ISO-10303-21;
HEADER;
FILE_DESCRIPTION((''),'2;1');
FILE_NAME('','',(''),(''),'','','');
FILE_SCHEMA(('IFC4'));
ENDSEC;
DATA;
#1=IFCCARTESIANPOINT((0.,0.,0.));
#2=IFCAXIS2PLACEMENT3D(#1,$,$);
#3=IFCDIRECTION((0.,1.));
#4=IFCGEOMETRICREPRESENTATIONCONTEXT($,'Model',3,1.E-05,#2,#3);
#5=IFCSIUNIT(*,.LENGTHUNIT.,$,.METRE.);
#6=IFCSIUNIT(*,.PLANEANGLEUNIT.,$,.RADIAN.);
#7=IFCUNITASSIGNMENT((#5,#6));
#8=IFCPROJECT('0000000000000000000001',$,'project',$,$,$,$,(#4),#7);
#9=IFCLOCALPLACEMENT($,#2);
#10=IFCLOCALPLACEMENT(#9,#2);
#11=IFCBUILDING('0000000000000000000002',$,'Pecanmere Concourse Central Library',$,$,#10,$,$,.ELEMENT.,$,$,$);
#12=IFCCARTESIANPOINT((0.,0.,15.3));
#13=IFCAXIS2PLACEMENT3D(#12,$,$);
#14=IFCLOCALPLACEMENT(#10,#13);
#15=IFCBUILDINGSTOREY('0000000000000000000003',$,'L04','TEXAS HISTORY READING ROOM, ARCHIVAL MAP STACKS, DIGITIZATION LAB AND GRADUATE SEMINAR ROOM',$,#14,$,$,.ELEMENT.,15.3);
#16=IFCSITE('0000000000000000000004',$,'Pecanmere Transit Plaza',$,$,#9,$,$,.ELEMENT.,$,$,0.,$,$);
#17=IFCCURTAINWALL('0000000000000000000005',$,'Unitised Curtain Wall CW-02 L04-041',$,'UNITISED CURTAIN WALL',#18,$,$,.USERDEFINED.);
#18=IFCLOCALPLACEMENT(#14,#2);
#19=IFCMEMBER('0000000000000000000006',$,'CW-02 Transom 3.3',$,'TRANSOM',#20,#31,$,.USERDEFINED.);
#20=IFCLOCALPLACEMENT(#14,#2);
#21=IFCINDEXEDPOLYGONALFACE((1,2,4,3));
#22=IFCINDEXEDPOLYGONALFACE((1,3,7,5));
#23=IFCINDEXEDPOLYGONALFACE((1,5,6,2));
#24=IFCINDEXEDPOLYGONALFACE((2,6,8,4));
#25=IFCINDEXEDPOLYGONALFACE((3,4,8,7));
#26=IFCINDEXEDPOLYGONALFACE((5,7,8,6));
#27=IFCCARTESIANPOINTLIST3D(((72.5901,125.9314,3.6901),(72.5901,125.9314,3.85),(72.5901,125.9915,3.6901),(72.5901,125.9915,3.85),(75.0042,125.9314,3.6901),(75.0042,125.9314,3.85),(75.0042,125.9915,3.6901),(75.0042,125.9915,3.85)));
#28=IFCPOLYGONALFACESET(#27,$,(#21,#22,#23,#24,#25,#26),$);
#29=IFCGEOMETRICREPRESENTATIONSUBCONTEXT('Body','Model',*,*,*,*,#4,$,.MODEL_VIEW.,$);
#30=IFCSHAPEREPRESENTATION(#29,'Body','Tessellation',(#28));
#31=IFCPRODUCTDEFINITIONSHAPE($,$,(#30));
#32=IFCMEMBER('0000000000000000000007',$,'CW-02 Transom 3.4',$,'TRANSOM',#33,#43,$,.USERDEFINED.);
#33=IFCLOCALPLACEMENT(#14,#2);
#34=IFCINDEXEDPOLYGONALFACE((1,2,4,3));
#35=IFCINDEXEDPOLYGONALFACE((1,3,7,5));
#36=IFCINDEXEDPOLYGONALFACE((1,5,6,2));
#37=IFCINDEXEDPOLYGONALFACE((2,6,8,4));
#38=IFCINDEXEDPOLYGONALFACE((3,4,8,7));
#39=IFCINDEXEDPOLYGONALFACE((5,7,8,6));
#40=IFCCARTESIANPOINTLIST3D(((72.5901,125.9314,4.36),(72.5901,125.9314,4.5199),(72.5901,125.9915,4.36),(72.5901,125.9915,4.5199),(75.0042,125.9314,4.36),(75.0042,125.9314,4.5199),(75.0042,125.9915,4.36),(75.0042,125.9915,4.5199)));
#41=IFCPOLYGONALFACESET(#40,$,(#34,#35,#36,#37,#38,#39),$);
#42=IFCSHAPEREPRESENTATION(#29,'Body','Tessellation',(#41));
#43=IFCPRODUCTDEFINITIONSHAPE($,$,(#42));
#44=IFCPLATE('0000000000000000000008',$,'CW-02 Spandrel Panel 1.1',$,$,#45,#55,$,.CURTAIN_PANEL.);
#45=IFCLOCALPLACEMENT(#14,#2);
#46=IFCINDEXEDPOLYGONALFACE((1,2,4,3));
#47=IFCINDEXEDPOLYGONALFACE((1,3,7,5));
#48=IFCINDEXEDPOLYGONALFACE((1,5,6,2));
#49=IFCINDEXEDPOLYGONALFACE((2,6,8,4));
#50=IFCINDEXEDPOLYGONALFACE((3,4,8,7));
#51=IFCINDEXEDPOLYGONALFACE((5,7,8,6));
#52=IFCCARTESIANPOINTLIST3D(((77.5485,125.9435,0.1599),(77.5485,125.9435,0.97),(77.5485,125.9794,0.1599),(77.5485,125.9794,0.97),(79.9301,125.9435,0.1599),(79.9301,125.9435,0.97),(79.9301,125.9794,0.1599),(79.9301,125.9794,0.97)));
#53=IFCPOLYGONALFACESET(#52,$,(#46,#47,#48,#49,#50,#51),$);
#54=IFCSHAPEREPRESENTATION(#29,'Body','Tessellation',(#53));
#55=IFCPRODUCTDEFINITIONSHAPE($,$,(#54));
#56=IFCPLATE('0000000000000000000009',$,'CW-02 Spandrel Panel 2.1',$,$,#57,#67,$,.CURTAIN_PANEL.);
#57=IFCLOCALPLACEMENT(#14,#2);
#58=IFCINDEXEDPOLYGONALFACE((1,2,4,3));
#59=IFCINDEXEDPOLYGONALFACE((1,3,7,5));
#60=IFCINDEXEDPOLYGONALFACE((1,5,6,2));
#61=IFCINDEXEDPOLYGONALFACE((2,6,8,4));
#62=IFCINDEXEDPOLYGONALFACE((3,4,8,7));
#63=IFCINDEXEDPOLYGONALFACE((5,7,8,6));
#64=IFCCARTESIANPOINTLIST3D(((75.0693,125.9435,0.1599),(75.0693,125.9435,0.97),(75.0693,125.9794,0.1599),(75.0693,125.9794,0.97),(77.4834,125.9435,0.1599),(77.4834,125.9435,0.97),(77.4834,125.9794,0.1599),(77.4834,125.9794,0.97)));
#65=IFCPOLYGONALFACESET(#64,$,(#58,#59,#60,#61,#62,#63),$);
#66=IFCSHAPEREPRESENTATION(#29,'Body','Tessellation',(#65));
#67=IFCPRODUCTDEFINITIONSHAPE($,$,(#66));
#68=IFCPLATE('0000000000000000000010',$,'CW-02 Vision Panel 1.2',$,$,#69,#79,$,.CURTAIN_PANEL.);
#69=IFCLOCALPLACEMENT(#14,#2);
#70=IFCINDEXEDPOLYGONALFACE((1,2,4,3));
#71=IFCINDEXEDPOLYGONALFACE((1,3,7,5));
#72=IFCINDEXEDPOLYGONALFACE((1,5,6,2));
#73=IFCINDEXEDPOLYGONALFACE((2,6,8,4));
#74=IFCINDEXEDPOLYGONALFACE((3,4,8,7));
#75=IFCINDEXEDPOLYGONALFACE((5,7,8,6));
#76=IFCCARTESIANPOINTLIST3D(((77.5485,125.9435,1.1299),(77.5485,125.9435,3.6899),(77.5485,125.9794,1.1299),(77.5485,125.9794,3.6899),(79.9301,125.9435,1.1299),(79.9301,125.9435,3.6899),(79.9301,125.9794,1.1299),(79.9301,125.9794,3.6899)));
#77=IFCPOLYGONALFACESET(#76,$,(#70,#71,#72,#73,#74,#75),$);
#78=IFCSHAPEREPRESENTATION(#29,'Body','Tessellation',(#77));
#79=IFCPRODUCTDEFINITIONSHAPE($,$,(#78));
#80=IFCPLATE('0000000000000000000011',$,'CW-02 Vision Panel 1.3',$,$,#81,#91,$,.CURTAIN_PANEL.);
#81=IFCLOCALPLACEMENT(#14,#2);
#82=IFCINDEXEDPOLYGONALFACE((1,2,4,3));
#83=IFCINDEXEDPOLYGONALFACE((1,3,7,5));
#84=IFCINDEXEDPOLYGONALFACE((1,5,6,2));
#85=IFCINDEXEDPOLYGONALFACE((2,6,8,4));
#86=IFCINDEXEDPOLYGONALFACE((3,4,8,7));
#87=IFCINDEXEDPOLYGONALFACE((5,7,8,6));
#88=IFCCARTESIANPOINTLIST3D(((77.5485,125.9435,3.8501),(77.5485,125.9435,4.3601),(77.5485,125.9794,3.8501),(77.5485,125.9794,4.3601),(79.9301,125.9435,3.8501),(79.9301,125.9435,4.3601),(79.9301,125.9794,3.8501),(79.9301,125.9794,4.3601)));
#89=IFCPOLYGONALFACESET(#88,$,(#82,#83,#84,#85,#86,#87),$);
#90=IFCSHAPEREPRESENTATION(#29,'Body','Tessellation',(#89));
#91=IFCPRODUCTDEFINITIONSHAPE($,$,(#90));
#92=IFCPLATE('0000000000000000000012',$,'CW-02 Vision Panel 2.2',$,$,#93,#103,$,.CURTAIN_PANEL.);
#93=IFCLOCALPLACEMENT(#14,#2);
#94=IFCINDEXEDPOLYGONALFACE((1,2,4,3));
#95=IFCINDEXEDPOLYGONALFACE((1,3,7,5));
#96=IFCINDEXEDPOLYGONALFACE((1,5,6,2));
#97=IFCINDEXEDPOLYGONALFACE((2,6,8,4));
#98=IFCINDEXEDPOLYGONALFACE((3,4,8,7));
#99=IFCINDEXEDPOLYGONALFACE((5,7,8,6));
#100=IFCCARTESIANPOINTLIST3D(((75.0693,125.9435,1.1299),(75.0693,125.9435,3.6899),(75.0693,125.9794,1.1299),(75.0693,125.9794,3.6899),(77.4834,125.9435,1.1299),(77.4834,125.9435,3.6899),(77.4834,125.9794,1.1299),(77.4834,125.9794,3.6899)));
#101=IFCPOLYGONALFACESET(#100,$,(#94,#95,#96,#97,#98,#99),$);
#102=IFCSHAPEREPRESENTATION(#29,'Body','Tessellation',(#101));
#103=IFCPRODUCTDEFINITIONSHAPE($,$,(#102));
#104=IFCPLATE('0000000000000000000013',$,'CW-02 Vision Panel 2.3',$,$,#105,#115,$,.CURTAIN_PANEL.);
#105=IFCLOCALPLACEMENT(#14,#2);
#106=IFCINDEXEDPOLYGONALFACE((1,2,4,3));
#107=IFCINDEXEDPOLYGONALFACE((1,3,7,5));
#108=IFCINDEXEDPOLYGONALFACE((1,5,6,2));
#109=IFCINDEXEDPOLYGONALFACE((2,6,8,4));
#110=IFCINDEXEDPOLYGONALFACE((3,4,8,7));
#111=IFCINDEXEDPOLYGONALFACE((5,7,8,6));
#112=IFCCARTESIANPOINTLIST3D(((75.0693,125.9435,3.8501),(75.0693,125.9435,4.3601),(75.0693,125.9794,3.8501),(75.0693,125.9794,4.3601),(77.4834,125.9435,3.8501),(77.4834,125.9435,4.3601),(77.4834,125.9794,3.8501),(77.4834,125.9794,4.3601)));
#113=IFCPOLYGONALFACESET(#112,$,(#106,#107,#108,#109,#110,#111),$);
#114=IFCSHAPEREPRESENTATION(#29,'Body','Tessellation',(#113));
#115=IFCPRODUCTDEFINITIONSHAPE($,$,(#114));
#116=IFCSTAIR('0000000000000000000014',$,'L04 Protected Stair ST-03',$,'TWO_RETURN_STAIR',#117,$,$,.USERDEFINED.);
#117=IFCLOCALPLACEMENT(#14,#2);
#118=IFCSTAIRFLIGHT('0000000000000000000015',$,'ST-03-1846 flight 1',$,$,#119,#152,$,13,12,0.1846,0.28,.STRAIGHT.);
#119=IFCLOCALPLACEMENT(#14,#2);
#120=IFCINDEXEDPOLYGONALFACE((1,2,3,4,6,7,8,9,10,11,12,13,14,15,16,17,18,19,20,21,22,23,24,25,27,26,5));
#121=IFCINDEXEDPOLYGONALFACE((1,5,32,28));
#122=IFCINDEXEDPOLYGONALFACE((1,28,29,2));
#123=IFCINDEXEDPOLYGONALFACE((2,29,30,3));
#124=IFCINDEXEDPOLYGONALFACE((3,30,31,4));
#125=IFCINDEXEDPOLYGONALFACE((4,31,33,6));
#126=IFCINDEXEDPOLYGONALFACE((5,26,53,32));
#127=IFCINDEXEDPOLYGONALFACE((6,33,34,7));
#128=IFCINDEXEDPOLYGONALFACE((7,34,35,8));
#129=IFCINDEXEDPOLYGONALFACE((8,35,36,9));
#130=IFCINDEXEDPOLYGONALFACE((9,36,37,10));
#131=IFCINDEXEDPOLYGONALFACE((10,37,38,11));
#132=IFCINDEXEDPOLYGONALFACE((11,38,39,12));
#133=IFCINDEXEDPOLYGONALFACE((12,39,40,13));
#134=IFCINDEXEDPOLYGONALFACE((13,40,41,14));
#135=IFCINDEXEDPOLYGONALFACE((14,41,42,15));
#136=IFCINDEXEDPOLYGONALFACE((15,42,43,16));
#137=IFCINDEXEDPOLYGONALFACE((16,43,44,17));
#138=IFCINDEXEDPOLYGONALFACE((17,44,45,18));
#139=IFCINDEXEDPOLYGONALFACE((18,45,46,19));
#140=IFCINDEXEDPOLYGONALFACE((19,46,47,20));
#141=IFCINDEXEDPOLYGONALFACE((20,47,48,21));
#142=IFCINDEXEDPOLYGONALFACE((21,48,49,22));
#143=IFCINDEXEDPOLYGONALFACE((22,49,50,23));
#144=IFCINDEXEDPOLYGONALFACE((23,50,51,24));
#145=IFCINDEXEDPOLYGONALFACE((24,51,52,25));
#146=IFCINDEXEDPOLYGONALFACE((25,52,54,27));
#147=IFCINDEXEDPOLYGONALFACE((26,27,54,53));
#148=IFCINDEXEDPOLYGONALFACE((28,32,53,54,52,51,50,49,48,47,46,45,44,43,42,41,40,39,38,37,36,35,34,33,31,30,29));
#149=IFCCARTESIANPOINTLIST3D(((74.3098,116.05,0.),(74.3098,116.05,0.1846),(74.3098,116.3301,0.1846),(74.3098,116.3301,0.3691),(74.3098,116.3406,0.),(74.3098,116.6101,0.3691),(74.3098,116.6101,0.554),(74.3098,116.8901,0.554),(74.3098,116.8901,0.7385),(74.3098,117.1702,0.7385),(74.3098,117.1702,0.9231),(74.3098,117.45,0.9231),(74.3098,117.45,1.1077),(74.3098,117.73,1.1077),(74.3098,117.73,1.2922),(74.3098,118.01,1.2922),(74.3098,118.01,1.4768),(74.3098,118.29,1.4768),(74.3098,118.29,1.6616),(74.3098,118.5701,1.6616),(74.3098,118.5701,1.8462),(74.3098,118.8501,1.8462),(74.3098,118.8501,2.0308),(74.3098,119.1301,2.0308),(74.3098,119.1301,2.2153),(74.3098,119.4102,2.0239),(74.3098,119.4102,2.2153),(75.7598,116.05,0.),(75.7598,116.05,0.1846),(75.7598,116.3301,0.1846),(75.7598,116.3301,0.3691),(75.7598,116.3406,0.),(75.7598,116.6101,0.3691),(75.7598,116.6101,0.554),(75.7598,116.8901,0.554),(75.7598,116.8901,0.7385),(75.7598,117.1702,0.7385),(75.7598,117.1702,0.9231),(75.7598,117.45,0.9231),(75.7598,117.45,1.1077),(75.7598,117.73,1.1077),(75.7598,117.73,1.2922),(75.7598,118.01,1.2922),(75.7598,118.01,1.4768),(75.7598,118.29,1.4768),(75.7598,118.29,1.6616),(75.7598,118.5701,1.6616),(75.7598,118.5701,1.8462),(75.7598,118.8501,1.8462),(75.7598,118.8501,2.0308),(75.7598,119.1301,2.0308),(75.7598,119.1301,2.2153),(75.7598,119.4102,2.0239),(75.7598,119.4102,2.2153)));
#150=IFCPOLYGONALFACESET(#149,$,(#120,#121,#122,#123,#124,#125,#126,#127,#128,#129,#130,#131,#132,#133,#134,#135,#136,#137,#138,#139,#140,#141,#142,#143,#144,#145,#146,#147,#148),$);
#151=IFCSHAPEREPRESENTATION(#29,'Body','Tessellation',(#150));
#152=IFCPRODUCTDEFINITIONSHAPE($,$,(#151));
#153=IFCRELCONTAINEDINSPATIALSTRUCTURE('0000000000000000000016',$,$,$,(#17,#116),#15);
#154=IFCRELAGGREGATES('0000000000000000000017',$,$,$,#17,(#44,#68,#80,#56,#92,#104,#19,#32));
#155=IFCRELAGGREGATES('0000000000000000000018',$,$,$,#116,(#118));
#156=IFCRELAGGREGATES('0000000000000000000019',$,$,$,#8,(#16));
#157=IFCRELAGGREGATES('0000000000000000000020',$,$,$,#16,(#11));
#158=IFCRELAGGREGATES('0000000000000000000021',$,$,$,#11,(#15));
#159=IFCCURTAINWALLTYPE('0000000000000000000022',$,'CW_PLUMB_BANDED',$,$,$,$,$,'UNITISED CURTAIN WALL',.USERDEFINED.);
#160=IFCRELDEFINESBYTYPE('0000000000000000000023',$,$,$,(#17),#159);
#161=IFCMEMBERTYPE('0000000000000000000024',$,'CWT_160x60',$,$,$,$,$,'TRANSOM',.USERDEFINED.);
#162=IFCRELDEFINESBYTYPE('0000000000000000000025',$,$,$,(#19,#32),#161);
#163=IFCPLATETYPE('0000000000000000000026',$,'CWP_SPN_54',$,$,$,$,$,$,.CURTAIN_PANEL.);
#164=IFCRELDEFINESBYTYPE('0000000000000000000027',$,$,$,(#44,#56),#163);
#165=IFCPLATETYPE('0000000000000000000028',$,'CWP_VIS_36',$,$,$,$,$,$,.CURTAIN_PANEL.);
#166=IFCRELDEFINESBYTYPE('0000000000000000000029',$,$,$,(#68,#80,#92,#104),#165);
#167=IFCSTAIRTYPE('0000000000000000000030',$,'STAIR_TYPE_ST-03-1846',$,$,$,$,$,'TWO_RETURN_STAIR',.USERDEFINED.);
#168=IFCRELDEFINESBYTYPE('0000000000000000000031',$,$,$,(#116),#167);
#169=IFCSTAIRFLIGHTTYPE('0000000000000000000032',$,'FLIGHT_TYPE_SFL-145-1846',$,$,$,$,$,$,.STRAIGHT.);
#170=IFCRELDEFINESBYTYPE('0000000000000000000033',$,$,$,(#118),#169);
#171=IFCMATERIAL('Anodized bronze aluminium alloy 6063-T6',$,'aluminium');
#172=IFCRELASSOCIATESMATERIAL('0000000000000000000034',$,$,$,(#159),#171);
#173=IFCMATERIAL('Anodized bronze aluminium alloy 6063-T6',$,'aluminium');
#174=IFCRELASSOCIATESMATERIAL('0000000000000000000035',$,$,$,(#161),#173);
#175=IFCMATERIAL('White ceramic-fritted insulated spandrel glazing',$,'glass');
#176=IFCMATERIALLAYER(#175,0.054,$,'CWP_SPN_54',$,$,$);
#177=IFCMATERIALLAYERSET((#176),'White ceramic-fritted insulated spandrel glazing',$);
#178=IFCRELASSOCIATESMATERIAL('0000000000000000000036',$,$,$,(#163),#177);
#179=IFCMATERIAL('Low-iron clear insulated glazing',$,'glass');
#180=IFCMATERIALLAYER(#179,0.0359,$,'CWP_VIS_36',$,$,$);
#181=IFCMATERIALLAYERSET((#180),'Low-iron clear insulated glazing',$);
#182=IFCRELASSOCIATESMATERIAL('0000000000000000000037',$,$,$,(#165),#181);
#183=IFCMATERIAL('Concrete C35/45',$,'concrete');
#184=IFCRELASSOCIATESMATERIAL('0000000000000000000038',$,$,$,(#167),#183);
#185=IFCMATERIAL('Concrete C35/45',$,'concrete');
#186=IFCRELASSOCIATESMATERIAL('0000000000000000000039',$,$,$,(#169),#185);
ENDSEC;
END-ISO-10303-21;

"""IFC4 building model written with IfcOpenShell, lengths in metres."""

from ifc_helpers import new_model, si_unit, direction, frame, origin, origin_2d, place, context, subcontext, project, spatial, polyline, rectangle, outline, extrude, material, layer, layer_set, material_profile, profile_set, type_object, element, aggregate, save


model = new_model("IFC4")

# Units and contexts
model_context = context("Model", 3, precision=1e-05, world=origin(), true_north=direction((0.0, 1.0)))
body_context = subcontext(model_context, "Body", "Model", "MODEL_VIEW")
ifc_project = project(units=[si_unit("LENGTHUNIT", "METRE"), si_unit("PLANEANGLEUNIT", "RADIAN")], contexts=[model_context])

# Site, building, storey
site_placement = place(None, origin())
site = spatial("IfcSite", under=ifc_project, at=site_placement, Name="Pecanmere Transit Plaza", CompositionType="ELEMENT", RefElevation=0.0)
building_placement = place(site_placement, origin())
building = spatial("IfcBuilding", under=site, at=building_placement, Name="Pecanmere Concourse Central Library", CompositionType="ELEMENT")
storey_placement = place(building_placement, frame((0.0, 0.0, 15.3)))
storey = spatial("IfcBuildingStorey", under=building, at=storey_placement, Name="L04", Description="TEXAS HISTORY READING ROOM, ARCHIVAL MAP STACKS, DIGITIZATION LAB AND GRADUATE SEMINAR ROOM", CompositionType="ELEMENT", Elevation=15.3)

# Curtain wall, members, plates
ifc_material_1 = material(Name="Anodized bronze aluminium alloy 6063-T6", Category="aluminium")
curtain_wall_type = type_object("IfcCurtainWallType", Name="CW_PLUMB_BANDED", ElementType="UNITISED CURTAIN WALL", PredefinedType="USERDEFINED", material=ifc_material_1)
curtain_wall_placement = place(storey_placement, origin())
curtain_wall = element("IfcCurtainWall", 1, at=curtain_wall_placement, inside=storey, type_object=curtain_wall_type, Name="Unitised Curtain Wall CW-02 L04-041", ObjectType="UNITISED CURTAIN WALL", PredefinedType="USERDEFINED")
ifc_material_2 = material(Name="Anodized bronze aluminium alloy 6063-T6", Category="aluminium")
ifc_material_profile_1 = material_profile(ifc_material_2, rectangle(XDim=0.0601, YDim=0.1599, at=origin_2d()), Name="AL 60x160")
ifc_profile_set_1 = profile_set([ifc_material_profile_1], Name="Anodized bronze aluminium alloy 6063-T6")
member_type_1 = type_object("IfcMemberType", Name="CWT_160x60", ElementType="TRANSOM", PredefinedType="USERDEFINED", material=ifc_profile_set_1)
member_1_placement = place(storey_placement, frame((75.0042, 125.9614, 3.77), z_axis=(-1.0, 0.0, 0.0), x_axis=(0.0, -1.0, 0.0)))
member_1 = element("IfcMember", 2, at=member_1_placement, type_object=member_type_1, Name="CW-02 Transom 3.3", ObjectType="TRANSOM", PredefinedType="USERDEFINED", context=body_context, shape_type="SweptSolid", body=[
    extrude(rectangle(XDim=0.0601, YDim=0.1599, at=origin_2d()), origin(), (0.0, 0.0, 1.0), 2.4141),
])
member_2_placement = place(storey_placement, frame((75.0042, 125.9614, 4.4399), z_axis=(-1.0, 0.0, 0.0), x_axis=(0.0, -1.0, 0.0)))
member_2 = element("IfcMember", 3, at=member_2_placement, type_object=member_type_1, Name="CW-02 Transom 3.4", ObjectType="TRANSOM", PredefinedType="USERDEFINED", context=body_context, shape_type="SweptSolid", body=[
    extrude(rectangle(XDim=0.0601, YDim=0.1599, at=origin_2d()), origin(), (0.0, 0.0, 1.0), 2.4141),
])
ifc_material_3 = material(Name="White ceramic-fritted insulated spandrel glazing", Category="glass")
ifc_layer_1 = layer(ifc_material_3, 0.054, Name="CWP_SPN_54")
ifc_layer_set_1 = layer_set([ifc_layer_1], Name="White ceramic-fritted insulated spandrel glazing")
plate_type_1 = type_object("IfcPlateType", Name="CWP_SPN_54", PredefinedType="CURTAIN_PANEL", material=ifc_layer_set_1)
plate_1_placement = place(storey_placement, frame((78.7393, 125.9614, 0.1599), z_axis=(0.0, 0.0, 1.0), x_axis=(-1.0, 0.0, 0.0)))
plate_1 = element("IfcPlate", 4, at=plate_1_placement, type_object=plate_type_1, Name="CW-02 Spandrel Panel 1.1", PredefinedType="CURTAIN_PANEL", context=body_context, shape_type="SweptSolid", body=[
    extrude(rectangle(XDim=2.3816, YDim=0.0359, at=origin_2d()), origin(), (0.0, 0.0, 1.0), 0.8101),
])
plate_2_placement = place(storey_placement, frame((76.2764, 125.9614, 0.1599), z_axis=(0.0, 0.0, 1.0), x_axis=(-1.0, 0.0, 0.0)))
plate_2 = element("IfcPlate", 5, at=plate_2_placement, type_object=plate_type_1, Name="CW-02 Spandrel Panel 2.1", PredefinedType="CURTAIN_PANEL", context=body_context, shape_type="SweptSolid", body=[
    extrude(rectangle(XDim=2.4141, YDim=0.0359, at=origin_2d()), origin(), (0.0, 0.0, 1.0), 0.8101),
])
ifc_material_4 = material(Name="Low-iron clear insulated glazing", Category="glass")
ifc_layer_2 = layer(ifc_material_4, 0.0359, Name="CWP_VIS_36")
ifc_layer_set_2 = layer_set([ifc_layer_2], Name="Low-iron clear insulated glazing")
plate_type_2 = type_object("IfcPlateType", Name="CWP_VIS_36", PredefinedType="CURTAIN_PANEL", material=ifc_layer_set_2)
plate_3_placement = place(storey_placement, frame((78.7393, 125.9614, 1.1299), z_axis=(0.0, 0.0, 1.0), x_axis=(-1.0, 0.0, 0.0)))
plate_3 = element("IfcPlate", 6, at=plate_3_placement, type_object=plate_type_2, Name="CW-02 Vision Panel 1.2", PredefinedType="CURTAIN_PANEL", context=body_context, shape_type="SweptSolid", body=[
    extrude(rectangle(XDim=2.3816, YDim=0.0359, at=origin_2d()), origin(), (0.0, 0.0, 1.0), 2.5601),
])
plate_4_placement = place(storey_placement, frame((78.7393, 125.9614, 3.8501), z_axis=(0.0, 0.0, 1.0), x_axis=(-1.0, 0.0, 0.0)))
plate_4 = element("IfcPlate", 7, at=plate_4_placement, type_object=plate_type_2, Name="CW-02 Vision Panel 1.3", PredefinedType="CURTAIN_PANEL", context=body_context, shape_type="SweptSolid", body=[
    extrude(rectangle(XDim=2.3816, YDim=0.0359, at=origin_2d()), origin(), (0.0, 0.0, 1.0), 0.51),
])
plate_5_placement = place(storey_placement, frame((76.2764, 125.9614, 1.1299), z_axis=(0.0, 0.0, 1.0), x_axis=(-1.0, 0.0, 0.0)))
plate_5 = element("IfcPlate", 8, at=plate_5_placement, type_object=plate_type_2, Name="CW-02 Vision Panel 2.2", PredefinedType="CURTAIN_PANEL", context=body_context, shape_type="SweptSolid", body=[
    extrude(rectangle(XDim=2.4141, YDim=0.0359, at=origin_2d()), origin(), (0.0, 0.0, 1.0), 2.5601),
])
plate_6_placement = place(storey_placement, frame((76.2764, 125.9614, 3.8501), z_axis=(0.0, 0.0, 1.0), x_axis=(-1.0, 0.0, 0.0)))
plate_6 = element("IfcPlate", 9, at=plate_6_placement, type_object=plate_type_2, Name="CW-02 Vision Panel 2.3", PredefinedType="CURTAIN_PANEL", context=body_context, shape_type="SweptSolid", body=[
    extrude(rectangle(XDim=2.4141, YDim=0.0359, at=origin_2d()), origin(), (0.0, 0.0, 1.0), 0.51),
])
aggregate(curtain_wall, [plate_1, plate_3, plate_4, plate_2, plate_5, plate_6, member_1, member_2])

# Stair, stair flight
ifc_material_5 = material(Name="Concrete C35/45", Category="concrete")
stair_type = type_object("IfcStairType", Name="STAIR_TYPE_ST-03-1846", ElementType="TWO_RETURN_STAIR", PredefinedType="USERDEFINED", material=ifc_material_5)
stair_placement = place(storey_placement, origin())
stair = element("IfcStair", 10, at=stair_placement, inside=storey, type_object=stair_type, Name="L04 Protected Stair ST-03", ObjectType="TWO_RETURN_STAIR", PredefinedType="USERDEFINED")
ifc_material_6 = material(Name="Concrete C35/45", Category="concrete")
stair_flight_type = type_object("IfcStairFlightType", Name="FLIGHT_TYPE_SFL-145-1846", PredefinedType="STRAIGHT", material=ifc_material_6)
stair_flight_placement = place(storey_placement, frame((75.0349, 116.05, 0.0), z_axis=(0.0, 0.0, 1.0), x_axis=(0.0, 1.0, 0.0)))
stair_flight = element("IfcStairFlight", 11, at=stair_flight_placement, type_object=stair_flight_type, Name="ST-03-1846 flight 1", NumberOfRisers=13, NumberOfTreads=12, PredefinedType="STRAIGHT", RiserHeight=0.1846, TreadLength=0.28, context=body_context, shape_type="SweptSolid", body=[
    extrude(outline(polyline([(0.0, 0.0), (0.0, 0.1846), (0.28, 0.1846), (0.28, 0.3691), (0.5601, 0.3691), (0.5601, 0.554), (0.8401, 0.554), (0.8401, 0.7385), (1.1201, 0.7385), (1.1201, 0.9231), (1.3999, 0.9231), (1.3999, 1.1077), (1.6799, 1.1077), (1.6799, 1.2922), (1.96, 1.2922), (1.96, 1.4768), (2.24, 1.4768), (2.24, 1.6616), (2.52, 1.6616), (2.52, 1.8462), (2.8, 1.8462), (2.8, 2.0308), (3.0801, 2.0308), (3.0801, 2.2153), (3.3601, 2.2153), (3.3601, 2.3999), (3.3601, 2.0239), (0.2905, 0.0), (0.0, 0.0)])), frame((0.0, 0.7251, 0.0), z_axis=(0.0, -1.0, 0.0), x_axis=(1.0, 0.0, 0.0)), (0.0, 0.0, 1.0), 1.45),
])
aggregate(stair, [stair_flight])

save(model, "model.ifc")
